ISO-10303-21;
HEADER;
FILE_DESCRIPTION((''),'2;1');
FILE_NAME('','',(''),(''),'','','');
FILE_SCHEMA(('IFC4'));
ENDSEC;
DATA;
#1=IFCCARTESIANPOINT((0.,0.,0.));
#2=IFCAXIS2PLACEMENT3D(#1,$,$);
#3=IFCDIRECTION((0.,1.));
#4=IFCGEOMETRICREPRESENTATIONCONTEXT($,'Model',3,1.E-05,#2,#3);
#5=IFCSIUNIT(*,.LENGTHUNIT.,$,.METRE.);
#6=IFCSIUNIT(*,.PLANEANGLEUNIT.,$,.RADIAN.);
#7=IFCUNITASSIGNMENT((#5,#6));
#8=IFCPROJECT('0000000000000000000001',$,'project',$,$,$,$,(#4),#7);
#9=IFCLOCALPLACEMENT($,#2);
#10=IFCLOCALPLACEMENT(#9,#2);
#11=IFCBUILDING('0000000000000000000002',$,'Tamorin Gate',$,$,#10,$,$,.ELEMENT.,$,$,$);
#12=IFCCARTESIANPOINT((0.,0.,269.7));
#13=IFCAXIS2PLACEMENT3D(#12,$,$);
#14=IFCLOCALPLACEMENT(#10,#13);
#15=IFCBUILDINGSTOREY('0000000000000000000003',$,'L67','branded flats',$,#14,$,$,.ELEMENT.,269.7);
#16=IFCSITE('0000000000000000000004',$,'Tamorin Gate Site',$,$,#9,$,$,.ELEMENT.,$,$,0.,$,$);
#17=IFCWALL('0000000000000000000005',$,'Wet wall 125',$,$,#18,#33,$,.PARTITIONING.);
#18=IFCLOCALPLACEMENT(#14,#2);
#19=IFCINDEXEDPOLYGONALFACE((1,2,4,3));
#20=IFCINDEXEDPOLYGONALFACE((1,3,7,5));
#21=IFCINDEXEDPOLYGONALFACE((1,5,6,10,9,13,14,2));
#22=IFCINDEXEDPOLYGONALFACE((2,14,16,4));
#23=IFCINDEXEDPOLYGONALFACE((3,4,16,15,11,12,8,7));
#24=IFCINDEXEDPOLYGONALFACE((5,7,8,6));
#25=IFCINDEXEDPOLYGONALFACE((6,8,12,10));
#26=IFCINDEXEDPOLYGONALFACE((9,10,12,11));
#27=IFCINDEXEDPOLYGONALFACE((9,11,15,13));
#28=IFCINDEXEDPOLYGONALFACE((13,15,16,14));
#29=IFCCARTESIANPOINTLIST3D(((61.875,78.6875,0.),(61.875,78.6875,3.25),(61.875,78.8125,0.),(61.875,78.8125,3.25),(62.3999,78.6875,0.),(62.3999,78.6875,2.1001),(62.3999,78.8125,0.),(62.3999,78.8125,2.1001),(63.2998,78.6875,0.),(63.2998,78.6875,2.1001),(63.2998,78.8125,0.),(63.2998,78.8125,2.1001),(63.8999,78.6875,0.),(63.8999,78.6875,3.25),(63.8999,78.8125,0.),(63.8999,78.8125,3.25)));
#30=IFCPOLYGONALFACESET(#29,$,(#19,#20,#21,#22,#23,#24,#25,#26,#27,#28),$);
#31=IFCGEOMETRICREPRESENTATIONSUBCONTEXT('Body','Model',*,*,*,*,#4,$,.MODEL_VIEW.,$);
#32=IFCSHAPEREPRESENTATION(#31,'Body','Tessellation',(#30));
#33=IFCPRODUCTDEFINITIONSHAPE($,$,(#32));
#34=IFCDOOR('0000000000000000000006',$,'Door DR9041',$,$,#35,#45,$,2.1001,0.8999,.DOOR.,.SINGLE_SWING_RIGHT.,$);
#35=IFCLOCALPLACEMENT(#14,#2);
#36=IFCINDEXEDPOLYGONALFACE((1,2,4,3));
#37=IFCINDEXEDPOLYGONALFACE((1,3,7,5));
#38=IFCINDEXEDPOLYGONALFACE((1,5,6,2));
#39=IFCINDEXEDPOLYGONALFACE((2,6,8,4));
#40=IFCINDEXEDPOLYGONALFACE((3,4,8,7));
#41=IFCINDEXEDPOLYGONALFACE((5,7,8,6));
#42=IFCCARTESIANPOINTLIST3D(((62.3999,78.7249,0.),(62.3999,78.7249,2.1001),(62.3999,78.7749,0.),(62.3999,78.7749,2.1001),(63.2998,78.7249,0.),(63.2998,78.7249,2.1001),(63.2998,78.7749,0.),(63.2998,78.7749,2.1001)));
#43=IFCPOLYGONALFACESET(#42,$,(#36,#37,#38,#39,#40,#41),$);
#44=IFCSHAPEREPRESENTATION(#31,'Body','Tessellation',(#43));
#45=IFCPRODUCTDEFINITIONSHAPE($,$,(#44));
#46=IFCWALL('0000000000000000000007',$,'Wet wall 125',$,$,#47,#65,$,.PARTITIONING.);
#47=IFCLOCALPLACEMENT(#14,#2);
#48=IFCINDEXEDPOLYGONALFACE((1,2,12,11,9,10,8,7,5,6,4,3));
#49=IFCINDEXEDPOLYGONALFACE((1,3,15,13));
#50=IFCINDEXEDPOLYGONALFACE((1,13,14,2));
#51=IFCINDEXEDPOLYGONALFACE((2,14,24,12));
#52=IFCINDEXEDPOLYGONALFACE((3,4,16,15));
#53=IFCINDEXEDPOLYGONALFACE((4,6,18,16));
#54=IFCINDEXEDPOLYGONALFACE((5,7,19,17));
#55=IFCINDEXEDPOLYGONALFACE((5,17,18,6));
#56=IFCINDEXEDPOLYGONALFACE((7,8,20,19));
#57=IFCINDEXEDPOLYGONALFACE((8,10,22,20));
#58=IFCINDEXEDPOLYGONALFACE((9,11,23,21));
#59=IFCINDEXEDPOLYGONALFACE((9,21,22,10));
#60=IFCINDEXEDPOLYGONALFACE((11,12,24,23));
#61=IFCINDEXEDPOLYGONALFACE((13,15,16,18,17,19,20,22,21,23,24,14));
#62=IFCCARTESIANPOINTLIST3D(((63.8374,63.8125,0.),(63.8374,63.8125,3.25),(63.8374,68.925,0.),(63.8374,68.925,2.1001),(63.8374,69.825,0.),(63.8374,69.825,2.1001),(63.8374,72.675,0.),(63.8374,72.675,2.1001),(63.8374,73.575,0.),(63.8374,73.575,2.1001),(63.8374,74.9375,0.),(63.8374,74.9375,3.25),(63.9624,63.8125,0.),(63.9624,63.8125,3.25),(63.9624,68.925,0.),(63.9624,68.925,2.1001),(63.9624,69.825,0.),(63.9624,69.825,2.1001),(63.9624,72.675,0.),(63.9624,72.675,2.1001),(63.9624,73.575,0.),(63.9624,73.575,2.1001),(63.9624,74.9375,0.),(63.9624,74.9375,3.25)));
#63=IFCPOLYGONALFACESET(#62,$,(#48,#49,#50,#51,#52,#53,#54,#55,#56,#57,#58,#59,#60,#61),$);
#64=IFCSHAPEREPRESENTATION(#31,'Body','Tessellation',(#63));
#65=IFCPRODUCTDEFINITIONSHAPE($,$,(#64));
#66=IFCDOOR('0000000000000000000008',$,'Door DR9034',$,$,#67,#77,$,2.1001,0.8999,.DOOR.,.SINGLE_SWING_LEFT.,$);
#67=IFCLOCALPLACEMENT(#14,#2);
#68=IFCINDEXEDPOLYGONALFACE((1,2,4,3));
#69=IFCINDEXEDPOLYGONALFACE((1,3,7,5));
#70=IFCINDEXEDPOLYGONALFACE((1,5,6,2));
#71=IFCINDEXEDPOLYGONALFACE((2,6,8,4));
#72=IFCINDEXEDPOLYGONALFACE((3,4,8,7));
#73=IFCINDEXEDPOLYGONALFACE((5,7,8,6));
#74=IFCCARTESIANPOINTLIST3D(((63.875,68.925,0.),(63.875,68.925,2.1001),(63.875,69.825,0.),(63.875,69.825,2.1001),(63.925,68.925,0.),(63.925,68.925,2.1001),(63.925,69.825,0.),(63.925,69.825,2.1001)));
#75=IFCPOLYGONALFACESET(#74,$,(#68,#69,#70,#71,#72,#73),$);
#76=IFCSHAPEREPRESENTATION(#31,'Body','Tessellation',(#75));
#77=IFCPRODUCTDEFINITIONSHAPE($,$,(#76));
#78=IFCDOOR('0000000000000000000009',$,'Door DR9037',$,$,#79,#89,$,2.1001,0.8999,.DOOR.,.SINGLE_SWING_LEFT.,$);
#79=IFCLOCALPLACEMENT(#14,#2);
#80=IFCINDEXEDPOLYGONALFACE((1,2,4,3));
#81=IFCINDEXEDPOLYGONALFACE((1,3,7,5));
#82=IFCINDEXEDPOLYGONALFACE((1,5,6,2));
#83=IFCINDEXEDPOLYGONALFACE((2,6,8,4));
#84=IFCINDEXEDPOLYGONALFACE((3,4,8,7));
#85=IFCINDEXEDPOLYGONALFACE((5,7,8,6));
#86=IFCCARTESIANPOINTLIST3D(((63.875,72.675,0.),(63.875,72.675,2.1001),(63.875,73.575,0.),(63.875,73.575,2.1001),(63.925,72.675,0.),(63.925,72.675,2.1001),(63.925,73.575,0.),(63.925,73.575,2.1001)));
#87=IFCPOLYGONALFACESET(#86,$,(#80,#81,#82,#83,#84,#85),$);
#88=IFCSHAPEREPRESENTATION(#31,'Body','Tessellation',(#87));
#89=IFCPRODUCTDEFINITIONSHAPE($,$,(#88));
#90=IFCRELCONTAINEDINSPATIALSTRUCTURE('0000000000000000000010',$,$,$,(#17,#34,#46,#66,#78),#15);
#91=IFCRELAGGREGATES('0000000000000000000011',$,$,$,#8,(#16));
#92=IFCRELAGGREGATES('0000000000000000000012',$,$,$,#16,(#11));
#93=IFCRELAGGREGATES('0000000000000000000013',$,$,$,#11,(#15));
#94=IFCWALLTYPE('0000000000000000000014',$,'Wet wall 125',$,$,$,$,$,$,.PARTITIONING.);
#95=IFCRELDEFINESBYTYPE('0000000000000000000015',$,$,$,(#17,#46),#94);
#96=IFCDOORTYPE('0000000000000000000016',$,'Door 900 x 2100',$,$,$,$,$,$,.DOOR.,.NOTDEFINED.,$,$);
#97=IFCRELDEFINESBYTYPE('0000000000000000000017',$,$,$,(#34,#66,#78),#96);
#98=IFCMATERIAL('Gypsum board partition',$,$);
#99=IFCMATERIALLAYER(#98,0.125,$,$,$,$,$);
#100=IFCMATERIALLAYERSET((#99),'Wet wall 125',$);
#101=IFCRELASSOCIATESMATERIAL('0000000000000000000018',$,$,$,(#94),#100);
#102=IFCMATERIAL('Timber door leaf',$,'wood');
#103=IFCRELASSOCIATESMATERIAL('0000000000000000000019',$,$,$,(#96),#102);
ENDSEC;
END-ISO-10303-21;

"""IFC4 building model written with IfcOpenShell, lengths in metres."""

from ifc_helpers import new_model, si_unit, direction, frame, frame_2d, origin, place, context, subcontext, project, spatial, rectangle, extrude, material, layer, layer_set, type_object, element, fill, save


model = new_model("IFC4")

# Units and contexts
model_context = context("Model", 3, precision=1e-05, world=origin(), true_north=direction((0.0, 1.0)))
body_context = subcontext(model_context, "Body", "Model", "MODEL_VIEW")
ifc_project = project(units=[si_unit("LENGTHUNIT", "METRE"), si_unit("PLANEANGLEUNIT", "RADIAN")], contexts=[model_context])

# Site, building, storey
site_placement = place(None, origin())
site = spatial("IfcSite", under=ifc_project, at=site_placement, Name="Tamorin Gate Site", CompositionType="ELEMENT", RefElevation=0.0)
building_placement = place(site_placement, origin())
building = spatial("IfcBuilding", under=site, at=building_placement, Name="Tamorin Gate", CompositionType="ELEMENT")
storey_placement = place(building_placement, frame((0.0, 0.0, 269.7)))
storey = spatial("IfcBuildingStorey", under=building, at=storey_placement, Name="L67", Description="branded flats", CompositionType="ELEMENT", Elevation=269.7)

# Shared definitions
ifc_material_1 = material(Name="Gypsum board partition")

# Shared definitions
ifc_layer_1 = layer(ifc_material_1, 0.125)
ifc_layer_set_1 = layer_set([ifc_layer_1], Name="Wet wall 125")
wall_type_1 = type_object("IfcWallType", Name="Wet wall 125", PredefinedType="PARTITIONING", material=ifc_layer_set_1)
ifc_material_2 = material(Name="Timber door leaf", Category="wood")
door_type_1 = type_object("IfcDoorType", Name="Door 900 x 2100", OperationType="NOTDEFINED", PredefinedType="DOOR", material=ifc_material_2)

# Wall, opening, door
wall_1_placement = place(storey_placement, frame((61.875, 78.75, 0.0), z_axis=(0.0, 0.0, 1.0), x_axis=(1.0, 0.0, 0.0)))
wall_1 = element("IfcWall", 1, at=wall_1_placement, inside=storey, type_object=wall_type_1, Name="Wet wall 125", PredefinedType="PARTITIONING", context=body_context, shape_type="SweptSolid", body=[
    extrude(rectangle(XDim=2.0249, YDim=0.125, at=frame_2d((1.0125, 0.0))), origin(), (0.0, 0.0, 1.0), 3.25),
])
opening_1_placement = place(wall_1_placement, frame((0.5249, 0.0, 0.0)))
opening_1 = element("IfcOpeningElement", 2, at=opening_1_placement, cuts=wall_1, PredefinedType="OPENING", context=body_context, shape_type="SweptSolid", body=[
    extrude(rectangle(XDim=0.8999, YDim=2.1001, at=frame_2d((0.45, 1.05))), frame((0.0, 0.0725, 0.0), z_axis=(0.0, -1.0, 0.0), x_axis=(1.0, 0.0, 0.0)), (0.0, 0.0, 1.0), 0.145),
])
door_1_placement = place(opening_1_placement, origin())
door_1 = element("IfcDoor", 3, at=door_1_placement, inside=storey, type_object=door_type_1, Name="Door DR9041", OperationType="SINGLE_SWING_RIGHT", OverallHeight=2.1001, OverallWidth=0.8999, PredefinedType="DOOR", context=body_context, shape_type="SweptSolid", body=[
    extrude(rectangle(XDim=0.8999, YDim=2.1001, at=frame_2d((0.45, 1.05))), frame((0.0, 0.0249, 0.0), z_axis=(0.0, -1.0, 0.0), x_axis=(1.0, 0.0, 0.0)), (0.0, 0.0, 1.0), 0.05),
])
fill(opening_1, door_1)

# Wall, openings, doors
wall_2_placement = place(storey_placement, frame((63.8999, 63.8125, 0.0), z_axis=(0.0, 0.0, 1.0), x_axis=(0.0, 1.0, 0.0)))
wall_2 = element("IfcWall", 4, at=wall_2_placement, inside=storey, type_object=wall_type_1, Name="Wet wall 125", PredefinedType="PARTITIONING", context=body_context, shape_type="SweptSolid", body=[
    extrude(rectangle(XDim=11.125, YDim=0.125, at=frame_2d((5.5625, 0.0))), origin(), (0.0, 0.0, 1.0), 3.25),
])
opening_2_placement = place(wall_2_placement, frame((5.1125, 0.0, 0.0)))
opening_2 = element("IfcOpeningElement", 5, at=opening_2_placement, cuts=wall_2, PredefinedType="OPENING", context=body_context, shape_type="SweptSolid", body=[
    extrude(rectangle(XDim=0.8999, YDim=2.1001, at=frame_2d((0.45, 1.05))), frame((0.0, 0.0725, 0.0), z_axis=(0.0, -1.0, 0.0), x_axis=(1.0, 0.0, 0.0)), (0.0, 0.0, 1.0), 0.145),
])
opening_3_placement = place(wall_2_placement, frame((8.8625, 0.0, 0.0)))
opening_3 = element("IfcOpeningElement", 6, at=opening_3_placement, cuts=wall_2, PredefinedType="OPENING", context=body_context, shape_type="SweptSolid", body=[
    extrude(rectangle(XDim=0.8999, YDim=2.1001, at=frame_2d((0.45, 1.05))), frame((0.0, 0.0725, 0.0), z_axis=(0.0, -1.0, 0.0), x_axis=(1.0, 0.0, 0.0)), (0.0, 0.0, 1.0), 0.145),
])
door_2_placement = place(opening_2_placement, origin())
door_2 = element("IfcDoor", 7, at=door_2_placement, inside=storey, type_object=door_type_1, Name="Door DR9034", OperationType="SINGLE_SWING_LEFT", OverallHeight=2.1001, OverallWidth=0.8999, PredefinedType="DOOR", context=body_context, shape_type="SweptSolid", body=[
    extrude(rectangle(XDim=0.8999, YDim=2.1001, at=frame_2d((0.45, 1.05))), frame((0.0, 0.0249, 0.0), z_axis=(0.0, -1.0, 0.0), x_axis=(1.0, 0.0, 0.0)), (0.0, 0.0, 1.0), 0.05),
])
fill(opening_2, door_2)
door_3_placement = place(opening_3_placement, origin())
door_3 = element("IfcDoor", 8, at=door_3_placement, inside=storey, type_object=door_type_1, Name="Door DR9037", OperationType="SINGLE_SWING_LEFT", OverallHeight=2.1001, OverallWidth=0.8999, PredefinedType="DOOR", context=body_context, shape_type="SweptSolid", body=[
    extrude(rectangle(XDim=0.8999, YDim=2.1001, at=frame_2d((0.45, 1.05))), frame((0.0, 0.0249, 0.0), z_axis=(0.0, -1.0, 0.0), x_axis=(1.0, 0.0, 0.0)), (0.0, 0.0, 1.0), 0.05),
])
fill(opening_3, door_3)

save(model, "model.ifc")
